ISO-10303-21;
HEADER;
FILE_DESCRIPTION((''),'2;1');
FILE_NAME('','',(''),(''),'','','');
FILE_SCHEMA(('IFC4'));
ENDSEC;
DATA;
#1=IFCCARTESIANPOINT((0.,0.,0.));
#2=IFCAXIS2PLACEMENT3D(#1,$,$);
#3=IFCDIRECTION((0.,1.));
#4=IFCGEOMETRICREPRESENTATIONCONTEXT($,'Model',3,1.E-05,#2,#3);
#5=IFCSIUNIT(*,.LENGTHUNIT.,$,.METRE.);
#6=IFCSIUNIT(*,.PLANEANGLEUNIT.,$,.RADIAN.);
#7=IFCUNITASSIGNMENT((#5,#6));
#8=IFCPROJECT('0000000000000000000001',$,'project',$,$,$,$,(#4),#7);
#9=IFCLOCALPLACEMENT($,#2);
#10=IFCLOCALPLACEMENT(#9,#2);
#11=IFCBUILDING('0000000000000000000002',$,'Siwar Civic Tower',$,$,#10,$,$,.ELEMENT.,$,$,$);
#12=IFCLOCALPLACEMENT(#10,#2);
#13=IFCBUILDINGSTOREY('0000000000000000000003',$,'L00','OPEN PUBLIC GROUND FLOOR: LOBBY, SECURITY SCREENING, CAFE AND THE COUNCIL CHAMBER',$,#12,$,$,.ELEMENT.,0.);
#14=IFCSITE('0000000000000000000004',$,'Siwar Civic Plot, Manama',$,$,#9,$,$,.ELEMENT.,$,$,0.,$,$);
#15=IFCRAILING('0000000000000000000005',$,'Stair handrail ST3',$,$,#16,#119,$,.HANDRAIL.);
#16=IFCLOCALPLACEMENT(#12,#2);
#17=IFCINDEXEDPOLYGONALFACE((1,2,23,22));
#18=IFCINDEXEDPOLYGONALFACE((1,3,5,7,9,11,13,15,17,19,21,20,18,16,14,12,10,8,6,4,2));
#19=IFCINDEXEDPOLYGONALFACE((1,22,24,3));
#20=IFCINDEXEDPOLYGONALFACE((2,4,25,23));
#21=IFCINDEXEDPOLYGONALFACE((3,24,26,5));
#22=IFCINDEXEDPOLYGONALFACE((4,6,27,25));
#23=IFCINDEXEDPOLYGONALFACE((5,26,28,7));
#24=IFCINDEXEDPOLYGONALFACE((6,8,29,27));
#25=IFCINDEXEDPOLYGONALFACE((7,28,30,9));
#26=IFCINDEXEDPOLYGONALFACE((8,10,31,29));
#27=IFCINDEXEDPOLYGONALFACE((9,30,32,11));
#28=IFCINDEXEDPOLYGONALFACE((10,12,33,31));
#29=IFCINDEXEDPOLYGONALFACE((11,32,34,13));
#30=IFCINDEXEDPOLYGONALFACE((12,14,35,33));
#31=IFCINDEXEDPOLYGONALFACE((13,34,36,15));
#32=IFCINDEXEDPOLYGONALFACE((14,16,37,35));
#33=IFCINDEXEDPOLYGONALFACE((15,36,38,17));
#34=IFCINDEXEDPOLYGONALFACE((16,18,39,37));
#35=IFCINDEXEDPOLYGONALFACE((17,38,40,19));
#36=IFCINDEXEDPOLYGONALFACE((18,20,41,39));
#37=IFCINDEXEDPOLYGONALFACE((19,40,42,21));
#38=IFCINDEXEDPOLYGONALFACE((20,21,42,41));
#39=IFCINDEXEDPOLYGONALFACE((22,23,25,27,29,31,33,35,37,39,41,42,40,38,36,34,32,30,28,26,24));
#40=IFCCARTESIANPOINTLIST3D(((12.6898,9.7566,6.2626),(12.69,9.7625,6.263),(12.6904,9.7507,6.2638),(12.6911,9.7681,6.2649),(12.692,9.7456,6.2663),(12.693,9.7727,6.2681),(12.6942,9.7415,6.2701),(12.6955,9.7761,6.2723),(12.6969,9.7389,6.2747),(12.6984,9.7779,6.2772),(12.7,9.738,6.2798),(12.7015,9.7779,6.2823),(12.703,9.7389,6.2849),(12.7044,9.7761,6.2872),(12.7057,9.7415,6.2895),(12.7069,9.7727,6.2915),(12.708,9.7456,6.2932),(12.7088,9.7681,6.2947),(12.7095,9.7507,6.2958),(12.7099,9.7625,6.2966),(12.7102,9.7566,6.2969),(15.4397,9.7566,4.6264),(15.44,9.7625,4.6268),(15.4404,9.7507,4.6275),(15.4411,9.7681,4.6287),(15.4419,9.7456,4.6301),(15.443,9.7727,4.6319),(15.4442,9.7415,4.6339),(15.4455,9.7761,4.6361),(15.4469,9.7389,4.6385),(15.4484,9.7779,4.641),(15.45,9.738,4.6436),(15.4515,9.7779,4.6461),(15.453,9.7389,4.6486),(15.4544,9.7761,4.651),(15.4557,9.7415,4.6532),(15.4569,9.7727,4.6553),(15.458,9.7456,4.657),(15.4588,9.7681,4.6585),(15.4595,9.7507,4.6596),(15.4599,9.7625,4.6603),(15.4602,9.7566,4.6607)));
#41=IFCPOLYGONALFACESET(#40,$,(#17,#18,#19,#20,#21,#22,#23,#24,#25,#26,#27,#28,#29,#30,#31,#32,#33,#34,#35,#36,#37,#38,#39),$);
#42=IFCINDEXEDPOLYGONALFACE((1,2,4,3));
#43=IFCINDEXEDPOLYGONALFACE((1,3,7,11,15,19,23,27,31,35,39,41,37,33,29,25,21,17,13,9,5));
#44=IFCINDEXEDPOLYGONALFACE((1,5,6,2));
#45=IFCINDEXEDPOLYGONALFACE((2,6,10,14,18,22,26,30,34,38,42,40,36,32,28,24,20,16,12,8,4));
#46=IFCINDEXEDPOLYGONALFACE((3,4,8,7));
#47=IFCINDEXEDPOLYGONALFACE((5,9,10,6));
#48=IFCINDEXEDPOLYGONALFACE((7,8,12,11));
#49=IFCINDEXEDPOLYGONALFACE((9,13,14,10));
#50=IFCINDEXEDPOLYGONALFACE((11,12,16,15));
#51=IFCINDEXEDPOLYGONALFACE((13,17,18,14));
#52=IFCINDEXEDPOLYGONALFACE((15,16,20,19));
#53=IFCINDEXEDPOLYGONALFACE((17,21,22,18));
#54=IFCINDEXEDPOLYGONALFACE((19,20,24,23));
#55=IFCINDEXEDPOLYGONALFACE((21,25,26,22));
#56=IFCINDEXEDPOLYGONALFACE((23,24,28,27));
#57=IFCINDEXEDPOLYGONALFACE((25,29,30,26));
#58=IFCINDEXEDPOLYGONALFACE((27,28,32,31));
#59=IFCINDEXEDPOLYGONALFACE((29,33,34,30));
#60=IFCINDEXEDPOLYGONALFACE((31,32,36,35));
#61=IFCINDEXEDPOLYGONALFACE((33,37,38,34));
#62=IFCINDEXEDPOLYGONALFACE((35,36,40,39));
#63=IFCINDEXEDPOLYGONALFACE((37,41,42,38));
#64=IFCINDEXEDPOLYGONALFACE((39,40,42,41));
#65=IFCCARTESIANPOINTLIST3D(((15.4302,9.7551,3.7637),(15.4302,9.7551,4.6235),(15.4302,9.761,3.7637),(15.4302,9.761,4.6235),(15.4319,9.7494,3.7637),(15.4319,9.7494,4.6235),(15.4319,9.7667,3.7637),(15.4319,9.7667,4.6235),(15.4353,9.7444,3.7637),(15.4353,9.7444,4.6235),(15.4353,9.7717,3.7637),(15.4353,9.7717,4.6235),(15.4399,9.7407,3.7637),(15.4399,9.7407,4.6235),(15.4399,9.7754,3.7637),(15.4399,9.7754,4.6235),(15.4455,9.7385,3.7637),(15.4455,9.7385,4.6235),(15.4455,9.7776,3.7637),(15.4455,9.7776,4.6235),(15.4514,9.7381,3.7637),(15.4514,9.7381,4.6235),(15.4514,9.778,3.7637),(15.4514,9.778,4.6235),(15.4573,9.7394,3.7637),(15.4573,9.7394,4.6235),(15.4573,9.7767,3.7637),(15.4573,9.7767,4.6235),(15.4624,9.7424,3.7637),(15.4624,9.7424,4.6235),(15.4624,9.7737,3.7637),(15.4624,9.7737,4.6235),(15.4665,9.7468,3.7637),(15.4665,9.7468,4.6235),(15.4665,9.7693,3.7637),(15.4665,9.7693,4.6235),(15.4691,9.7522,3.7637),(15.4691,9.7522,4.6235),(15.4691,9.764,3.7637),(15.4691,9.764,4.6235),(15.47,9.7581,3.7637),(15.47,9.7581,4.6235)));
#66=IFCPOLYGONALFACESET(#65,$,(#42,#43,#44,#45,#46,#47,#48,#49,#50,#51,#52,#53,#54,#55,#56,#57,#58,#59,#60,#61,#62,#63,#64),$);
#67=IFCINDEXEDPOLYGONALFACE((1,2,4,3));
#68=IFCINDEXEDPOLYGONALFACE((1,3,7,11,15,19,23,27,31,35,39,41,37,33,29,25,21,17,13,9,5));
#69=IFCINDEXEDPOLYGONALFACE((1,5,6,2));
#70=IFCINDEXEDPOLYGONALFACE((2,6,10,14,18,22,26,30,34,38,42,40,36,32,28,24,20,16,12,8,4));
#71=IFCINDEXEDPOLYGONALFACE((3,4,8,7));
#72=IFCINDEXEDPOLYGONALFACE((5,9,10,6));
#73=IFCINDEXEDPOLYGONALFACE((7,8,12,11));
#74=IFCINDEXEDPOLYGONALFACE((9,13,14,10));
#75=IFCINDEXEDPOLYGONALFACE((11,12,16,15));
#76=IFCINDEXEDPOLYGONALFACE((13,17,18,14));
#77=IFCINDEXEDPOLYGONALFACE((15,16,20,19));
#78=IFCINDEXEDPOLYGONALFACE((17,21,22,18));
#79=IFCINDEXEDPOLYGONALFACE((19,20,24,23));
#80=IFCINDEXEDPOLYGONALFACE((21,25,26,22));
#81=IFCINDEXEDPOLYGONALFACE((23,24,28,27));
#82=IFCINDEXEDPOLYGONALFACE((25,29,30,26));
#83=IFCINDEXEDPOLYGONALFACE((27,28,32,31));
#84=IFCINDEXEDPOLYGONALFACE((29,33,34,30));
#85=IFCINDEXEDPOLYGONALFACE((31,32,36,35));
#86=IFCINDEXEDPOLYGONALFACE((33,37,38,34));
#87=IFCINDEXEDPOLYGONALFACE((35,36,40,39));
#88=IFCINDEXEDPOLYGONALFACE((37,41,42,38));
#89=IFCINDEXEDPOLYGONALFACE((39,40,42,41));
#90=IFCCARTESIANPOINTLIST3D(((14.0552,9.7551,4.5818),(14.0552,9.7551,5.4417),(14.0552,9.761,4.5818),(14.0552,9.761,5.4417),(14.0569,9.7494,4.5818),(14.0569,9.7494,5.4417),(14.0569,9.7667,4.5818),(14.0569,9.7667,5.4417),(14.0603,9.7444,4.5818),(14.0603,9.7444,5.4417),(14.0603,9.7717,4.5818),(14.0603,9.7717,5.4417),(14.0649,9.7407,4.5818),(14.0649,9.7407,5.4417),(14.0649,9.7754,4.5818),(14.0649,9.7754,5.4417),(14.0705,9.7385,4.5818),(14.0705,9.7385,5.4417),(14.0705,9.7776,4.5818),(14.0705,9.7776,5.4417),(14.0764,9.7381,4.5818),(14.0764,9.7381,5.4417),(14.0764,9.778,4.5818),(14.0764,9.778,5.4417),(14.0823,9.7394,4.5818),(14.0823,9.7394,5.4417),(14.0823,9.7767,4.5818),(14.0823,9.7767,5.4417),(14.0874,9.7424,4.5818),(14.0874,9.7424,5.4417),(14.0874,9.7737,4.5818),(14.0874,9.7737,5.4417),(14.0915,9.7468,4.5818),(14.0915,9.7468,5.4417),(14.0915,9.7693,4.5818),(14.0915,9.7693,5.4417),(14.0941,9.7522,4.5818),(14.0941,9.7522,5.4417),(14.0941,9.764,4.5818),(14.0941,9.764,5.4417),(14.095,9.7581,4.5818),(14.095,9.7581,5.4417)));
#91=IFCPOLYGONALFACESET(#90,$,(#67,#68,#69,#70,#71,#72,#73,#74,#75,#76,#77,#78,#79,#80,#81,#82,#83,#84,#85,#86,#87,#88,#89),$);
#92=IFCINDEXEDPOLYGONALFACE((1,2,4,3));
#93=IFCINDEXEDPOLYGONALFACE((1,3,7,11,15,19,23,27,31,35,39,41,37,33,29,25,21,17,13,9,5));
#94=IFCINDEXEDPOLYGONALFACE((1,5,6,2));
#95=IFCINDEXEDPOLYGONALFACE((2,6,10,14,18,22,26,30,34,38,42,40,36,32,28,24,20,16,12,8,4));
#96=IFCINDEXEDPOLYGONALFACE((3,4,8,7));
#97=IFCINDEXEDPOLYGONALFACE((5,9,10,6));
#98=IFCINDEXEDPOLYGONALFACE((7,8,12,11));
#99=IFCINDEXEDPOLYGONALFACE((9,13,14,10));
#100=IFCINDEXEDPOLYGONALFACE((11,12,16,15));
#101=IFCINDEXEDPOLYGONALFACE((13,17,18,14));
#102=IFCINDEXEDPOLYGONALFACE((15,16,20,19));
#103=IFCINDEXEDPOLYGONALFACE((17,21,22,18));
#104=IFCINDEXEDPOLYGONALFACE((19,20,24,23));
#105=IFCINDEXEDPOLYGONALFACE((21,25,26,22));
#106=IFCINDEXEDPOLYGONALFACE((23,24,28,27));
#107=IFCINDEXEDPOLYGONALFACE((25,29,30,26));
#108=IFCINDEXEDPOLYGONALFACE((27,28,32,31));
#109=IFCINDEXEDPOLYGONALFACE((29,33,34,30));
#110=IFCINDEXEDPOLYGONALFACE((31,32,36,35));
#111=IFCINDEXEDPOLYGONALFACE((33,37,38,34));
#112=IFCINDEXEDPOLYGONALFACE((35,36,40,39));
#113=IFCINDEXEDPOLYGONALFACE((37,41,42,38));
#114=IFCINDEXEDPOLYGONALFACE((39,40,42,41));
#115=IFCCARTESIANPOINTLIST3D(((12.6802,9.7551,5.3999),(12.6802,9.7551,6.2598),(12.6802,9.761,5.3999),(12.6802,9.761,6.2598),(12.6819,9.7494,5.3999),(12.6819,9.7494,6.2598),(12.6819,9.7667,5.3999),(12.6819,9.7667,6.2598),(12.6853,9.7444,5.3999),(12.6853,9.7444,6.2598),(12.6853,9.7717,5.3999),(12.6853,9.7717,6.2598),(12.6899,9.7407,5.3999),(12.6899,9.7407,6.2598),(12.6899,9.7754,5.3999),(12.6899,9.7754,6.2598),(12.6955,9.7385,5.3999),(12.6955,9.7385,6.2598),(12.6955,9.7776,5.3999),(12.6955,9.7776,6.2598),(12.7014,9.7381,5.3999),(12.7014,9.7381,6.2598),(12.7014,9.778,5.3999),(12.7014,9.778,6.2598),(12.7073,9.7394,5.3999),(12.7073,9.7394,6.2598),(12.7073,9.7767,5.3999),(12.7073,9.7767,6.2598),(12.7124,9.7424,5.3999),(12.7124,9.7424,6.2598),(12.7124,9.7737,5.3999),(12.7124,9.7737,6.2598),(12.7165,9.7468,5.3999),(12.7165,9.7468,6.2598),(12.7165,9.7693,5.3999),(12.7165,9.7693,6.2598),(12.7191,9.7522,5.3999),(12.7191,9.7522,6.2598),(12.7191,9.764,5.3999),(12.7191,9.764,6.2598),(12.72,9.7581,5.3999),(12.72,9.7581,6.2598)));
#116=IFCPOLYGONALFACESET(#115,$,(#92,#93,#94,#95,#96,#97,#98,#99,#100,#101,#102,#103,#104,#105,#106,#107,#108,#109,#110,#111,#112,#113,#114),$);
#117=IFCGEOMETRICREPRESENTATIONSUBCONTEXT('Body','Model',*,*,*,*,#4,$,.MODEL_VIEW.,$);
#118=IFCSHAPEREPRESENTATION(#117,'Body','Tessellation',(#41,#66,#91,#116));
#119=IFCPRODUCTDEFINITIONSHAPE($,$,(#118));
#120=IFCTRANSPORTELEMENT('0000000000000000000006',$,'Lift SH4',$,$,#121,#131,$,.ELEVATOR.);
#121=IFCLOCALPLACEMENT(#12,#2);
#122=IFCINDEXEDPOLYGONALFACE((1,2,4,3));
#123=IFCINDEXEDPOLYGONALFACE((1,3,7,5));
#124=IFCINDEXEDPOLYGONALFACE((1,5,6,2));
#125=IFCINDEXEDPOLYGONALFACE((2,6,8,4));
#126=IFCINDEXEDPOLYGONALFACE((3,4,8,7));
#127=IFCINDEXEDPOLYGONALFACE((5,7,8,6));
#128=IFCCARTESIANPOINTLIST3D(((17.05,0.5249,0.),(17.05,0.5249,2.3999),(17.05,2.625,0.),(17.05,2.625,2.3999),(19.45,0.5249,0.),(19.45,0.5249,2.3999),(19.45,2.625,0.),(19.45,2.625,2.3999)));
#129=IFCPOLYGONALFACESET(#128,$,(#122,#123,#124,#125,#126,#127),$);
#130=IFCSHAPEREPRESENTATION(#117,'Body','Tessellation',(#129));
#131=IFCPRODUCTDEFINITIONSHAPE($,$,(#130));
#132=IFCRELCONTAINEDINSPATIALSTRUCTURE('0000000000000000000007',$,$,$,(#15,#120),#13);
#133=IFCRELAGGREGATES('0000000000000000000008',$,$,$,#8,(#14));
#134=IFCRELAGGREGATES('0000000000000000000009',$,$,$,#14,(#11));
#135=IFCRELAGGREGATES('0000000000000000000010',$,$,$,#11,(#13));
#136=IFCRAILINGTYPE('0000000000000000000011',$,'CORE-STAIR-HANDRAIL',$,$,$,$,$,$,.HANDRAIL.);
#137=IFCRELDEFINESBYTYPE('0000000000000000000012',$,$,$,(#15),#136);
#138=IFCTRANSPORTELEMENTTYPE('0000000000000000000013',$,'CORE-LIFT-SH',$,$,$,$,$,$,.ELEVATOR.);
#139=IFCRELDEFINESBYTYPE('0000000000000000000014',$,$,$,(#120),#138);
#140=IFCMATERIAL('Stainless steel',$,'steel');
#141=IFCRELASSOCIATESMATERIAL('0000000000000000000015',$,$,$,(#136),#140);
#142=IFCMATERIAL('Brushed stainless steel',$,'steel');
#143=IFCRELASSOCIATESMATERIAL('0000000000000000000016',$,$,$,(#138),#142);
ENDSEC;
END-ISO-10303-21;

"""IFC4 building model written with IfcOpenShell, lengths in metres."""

from ifc_helpers import new_model, si_unit, direction, frame, origin, origin_2d, place, context, subcontext, project, spatial, rectangle, circle, extrude, material, type_object, element, save


model = new_model("IFC4")

# Units and contexts
model_context = context("Model", 3, precision=1e-05, world=origin(), true_north=direction((0.0, 1.0)))
body_context = subcontext(model_context, "Body", "Model", "MODEL_VIEW")
ifc_project = project(units=[si_unit("LENGTHUNIT", "METRE"), si_unit("PLANEANGLEUNIT", "RADIAN")], contexts=[model_context])

# Site, building, storey
site_placement = place(None, origin())
site = spatial("IfcSite", under=ifc_project, at=site_placement, Name="Siwar Civic Plot, Manama", CompositionType="ELEMENT", RefElevation=0.0)
building_placement = place(site_placement, origin())
building = spatial("IfcBuilding", under=site, at=building_placement, Name="Siwar Civic Tower", CompositionType="ELEMENT")
storey_placement = place(building_placement, origin())
storey = spatial("IfcBuildingStorey", under=building, at=storey_placement, Name="L00", Description="OPEN PUBLIC GROUND FLOOR: LOBBY, SECURITY SCREENING, CAFE AND THE COUNCIL CHAMBER", CompositionType="ELEMENT", Elevation=0.0)

# Railing
ifc_material_1 = material(Name="Stainless steel", Category="steel")
railing_type = type_object("IfcRailingType", Name="CORE-STAIR-HANDRAIL", PredefinedType="HANDRAIL", material=ifc_material_1)
railing_1_placement = place(storey_placement, frame((15.45, 9.7581, 3.7637)))
element("IfcRailing", 1, at=railing_1_placement, inside=storey, type_object=railing_type, Name="Stair handrail ST3", PredefinedType="HANDRAIL", context=body_context, shape_type="SweptSolid", body=[
    extrude(circle(Radius=0.02, at=origin_2d()), frame((0.0, 0.0, 0.8799), z_axis=(-0.859385, 0.0, 0.511328), x_axis=(0.0, -1.0, 0.0)), (0.0, 0.0, 1.0), 3.2),
    extrude(circle(Radius=0.02, at=origin_2d()), origin(), (0.0, 0.0, 1.0), 0.8599),
    extrude(circle(Radius=0.02, at=origin_2d()), frame((-1.375, 0.0, 0.8181)), (0.0, 0.0, 1.0), 0.8599),
    extrude(circle(Radius=0.02, at=origin_2d()), frame((-2.75, 0.0, 1.6362)), (0.0, 0.0, 1.0), 0.8599),
])

# Transport element
ifc_material_2 = material(Name="Brushed stainless steel", Category="steel")
transport_element_type = type_object("IfcTransportElementType", Name="CORE-LIFT-SH", PredefinedType="ELEVATOR", material=ifc_material_2)
transport_element_placement = place(storey_placement, frame((18.25, 1.575, 0.0), z_axis=(0.0, 0.0, 1.0), x_axis=(1.0, 0.0, 0.0)))
element("IfcTransportElement", 2, at=transport_element_placement, inside=storey, type_object=transport_element_type, Name="Lift SH4", PredefinedType="ELEVATOR", context=body_context, shape_type="SweptSolid", body=[
    extrude(rectangle(XDim=2.3999, YDim=2.1001, at=origin_2d()), origin(), (0.0, 0.0, 1.0), 2.3999),
])

save(model, "model.ifc")
